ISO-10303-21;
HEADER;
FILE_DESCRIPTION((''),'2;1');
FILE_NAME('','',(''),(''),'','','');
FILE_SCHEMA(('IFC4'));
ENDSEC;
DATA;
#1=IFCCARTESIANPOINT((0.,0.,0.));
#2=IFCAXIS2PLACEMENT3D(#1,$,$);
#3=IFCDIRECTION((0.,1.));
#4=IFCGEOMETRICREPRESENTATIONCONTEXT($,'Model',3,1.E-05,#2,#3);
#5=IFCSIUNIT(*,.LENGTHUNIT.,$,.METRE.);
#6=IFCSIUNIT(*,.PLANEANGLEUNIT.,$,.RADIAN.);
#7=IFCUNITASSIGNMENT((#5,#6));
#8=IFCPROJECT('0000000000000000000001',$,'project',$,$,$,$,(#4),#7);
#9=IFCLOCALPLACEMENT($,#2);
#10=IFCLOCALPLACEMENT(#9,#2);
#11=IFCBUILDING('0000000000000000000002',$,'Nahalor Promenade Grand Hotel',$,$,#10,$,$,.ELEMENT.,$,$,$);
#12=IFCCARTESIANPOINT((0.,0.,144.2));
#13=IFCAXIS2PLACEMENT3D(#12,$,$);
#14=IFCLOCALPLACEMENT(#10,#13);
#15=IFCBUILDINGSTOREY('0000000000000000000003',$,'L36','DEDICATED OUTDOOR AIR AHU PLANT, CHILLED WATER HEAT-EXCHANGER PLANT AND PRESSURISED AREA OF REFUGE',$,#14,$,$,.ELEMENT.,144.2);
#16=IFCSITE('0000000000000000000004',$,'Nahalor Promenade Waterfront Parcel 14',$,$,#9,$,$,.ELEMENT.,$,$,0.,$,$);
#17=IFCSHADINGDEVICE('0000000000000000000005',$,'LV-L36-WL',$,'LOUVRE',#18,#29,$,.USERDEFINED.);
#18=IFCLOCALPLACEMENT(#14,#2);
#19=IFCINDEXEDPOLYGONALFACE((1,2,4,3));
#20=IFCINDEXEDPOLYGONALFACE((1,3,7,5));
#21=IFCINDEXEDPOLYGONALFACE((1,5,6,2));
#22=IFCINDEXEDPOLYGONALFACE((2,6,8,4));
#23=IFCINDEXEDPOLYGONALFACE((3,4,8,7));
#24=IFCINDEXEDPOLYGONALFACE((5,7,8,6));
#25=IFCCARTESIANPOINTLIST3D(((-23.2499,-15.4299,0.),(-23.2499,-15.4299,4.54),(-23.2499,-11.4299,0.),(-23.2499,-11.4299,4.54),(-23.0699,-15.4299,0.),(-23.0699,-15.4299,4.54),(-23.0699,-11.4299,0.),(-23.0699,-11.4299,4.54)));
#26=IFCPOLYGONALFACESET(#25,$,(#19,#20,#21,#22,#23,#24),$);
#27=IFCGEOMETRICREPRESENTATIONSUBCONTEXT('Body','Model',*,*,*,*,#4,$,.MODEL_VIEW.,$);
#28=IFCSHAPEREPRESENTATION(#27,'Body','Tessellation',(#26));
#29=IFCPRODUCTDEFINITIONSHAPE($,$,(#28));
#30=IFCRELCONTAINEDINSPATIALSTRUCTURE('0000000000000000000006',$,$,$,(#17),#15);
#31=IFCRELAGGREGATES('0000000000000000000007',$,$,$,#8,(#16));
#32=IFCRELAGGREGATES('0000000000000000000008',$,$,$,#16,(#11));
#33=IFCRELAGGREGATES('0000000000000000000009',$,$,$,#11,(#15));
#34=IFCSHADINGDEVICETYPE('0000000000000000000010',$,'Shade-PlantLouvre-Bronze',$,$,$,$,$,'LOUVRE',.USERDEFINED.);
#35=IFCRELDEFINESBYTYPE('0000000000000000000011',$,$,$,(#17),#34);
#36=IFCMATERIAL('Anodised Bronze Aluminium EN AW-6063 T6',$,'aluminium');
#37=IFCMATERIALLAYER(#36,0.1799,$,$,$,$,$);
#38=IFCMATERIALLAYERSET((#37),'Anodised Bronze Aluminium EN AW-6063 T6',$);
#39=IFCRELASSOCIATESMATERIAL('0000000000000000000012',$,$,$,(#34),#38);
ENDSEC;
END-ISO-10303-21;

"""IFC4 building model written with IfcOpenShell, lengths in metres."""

from ifc_helpers import new_model, si_unit, direction, frame, origin, origin_2d, place, context, subcontext, project, spatial, rectangle, extrude, source, transform, mapped, material, layer, layer_set, type_object, element, save


model = new_model("IFC4")

# Units and contexts
model_context = context("Model", 3, precision=1e-05, world=origin(), true_north=direction((0.0, 1.0)))
body_context = subcontext(model_context, "Body", "Model", "MODEL_VIEW")
ifc_project = project(units=[si_unit("LENGTHUNIT", "METRE"), si_unit("PLANEANGLEUNIT", "RADIAN")], contexts=[model_context])

# Site, building, storey
site_placement = place(None, origin())
site = spatial("IfcSite", under=ifc_project, at=site_placement, Name="Nahalor Promenade Waterfront Parcel 14", CompositionType="ELEMENT", RefElevation=0.0)
building_placement = place(site_placement, origin())
building = spatial("IfcBuilding", under=site, at=building_placement, Name="Nahalor Promenade Grand Hotel", CompositionType="ELEMENT")
storey_placement = place(building_placement, frame((0.0, 0.0, 144.2)))
storey = spatial("IfcBuildingStorey", under=building, at=storey_placement, Name="L36", Description="DEDICATED OUTDOOR AIR AHU PLANT, CHILLED WATER HEAT-EXCHANGER PLANT AND PRESSURISED AREA OF REFUGE", CompositionType="ELEMENT", Elevation=144.2)

# Shared definitions
ifc_material_1 = material(Name="Anodised Bronze Aluminium EN AW-6063 T6", Category="aluminium")

# Shading device
ifc_layer_1 = layer(ifc_material_1, 0.1799)
ifc_layer_set_1 = layer_set([ifc_layer_1], Name="Anodised Bronze Aluminium EN AW-6063 T6")
shading_device_type = type_object("IfcShadingDeviceType", Name="Shade-PlantLouvre-Bronze", ElementType="LOUVRE", PredefinedType="USERDEFINED", material=ifc_layer_set_1)
shared_shape_1 = source(origin(), body_context, "Body", "SweptSolid", [
    extrude(rectangle(XDim=4.0, YDim=0.1799, at=origin_2d()), origin(), (0.0, 0.0, 1.0), 4.54),
])
shading_device_placement = place(storey_placement, frame((-23.1599, -13.4299, 0.0), z_axis=(0.0, 0.0, 1.0), x_axis=(0.0, 1.0, 0.0)))
element("IfcShadingDevice", 1, at=shading_device_placement, inside=storey, type_object=shading_device_type, Name="LV-L36-WL", ObjectType="LOUVRE", PredefinedType="USERDEFINED", context=body_context, shape_type="MappedRepresentation", body=[
    mapped(shared_shape_1, transform((0.0, 0.0, 0.0), scale=1.0)),
])

save(model, "model.ifc")
